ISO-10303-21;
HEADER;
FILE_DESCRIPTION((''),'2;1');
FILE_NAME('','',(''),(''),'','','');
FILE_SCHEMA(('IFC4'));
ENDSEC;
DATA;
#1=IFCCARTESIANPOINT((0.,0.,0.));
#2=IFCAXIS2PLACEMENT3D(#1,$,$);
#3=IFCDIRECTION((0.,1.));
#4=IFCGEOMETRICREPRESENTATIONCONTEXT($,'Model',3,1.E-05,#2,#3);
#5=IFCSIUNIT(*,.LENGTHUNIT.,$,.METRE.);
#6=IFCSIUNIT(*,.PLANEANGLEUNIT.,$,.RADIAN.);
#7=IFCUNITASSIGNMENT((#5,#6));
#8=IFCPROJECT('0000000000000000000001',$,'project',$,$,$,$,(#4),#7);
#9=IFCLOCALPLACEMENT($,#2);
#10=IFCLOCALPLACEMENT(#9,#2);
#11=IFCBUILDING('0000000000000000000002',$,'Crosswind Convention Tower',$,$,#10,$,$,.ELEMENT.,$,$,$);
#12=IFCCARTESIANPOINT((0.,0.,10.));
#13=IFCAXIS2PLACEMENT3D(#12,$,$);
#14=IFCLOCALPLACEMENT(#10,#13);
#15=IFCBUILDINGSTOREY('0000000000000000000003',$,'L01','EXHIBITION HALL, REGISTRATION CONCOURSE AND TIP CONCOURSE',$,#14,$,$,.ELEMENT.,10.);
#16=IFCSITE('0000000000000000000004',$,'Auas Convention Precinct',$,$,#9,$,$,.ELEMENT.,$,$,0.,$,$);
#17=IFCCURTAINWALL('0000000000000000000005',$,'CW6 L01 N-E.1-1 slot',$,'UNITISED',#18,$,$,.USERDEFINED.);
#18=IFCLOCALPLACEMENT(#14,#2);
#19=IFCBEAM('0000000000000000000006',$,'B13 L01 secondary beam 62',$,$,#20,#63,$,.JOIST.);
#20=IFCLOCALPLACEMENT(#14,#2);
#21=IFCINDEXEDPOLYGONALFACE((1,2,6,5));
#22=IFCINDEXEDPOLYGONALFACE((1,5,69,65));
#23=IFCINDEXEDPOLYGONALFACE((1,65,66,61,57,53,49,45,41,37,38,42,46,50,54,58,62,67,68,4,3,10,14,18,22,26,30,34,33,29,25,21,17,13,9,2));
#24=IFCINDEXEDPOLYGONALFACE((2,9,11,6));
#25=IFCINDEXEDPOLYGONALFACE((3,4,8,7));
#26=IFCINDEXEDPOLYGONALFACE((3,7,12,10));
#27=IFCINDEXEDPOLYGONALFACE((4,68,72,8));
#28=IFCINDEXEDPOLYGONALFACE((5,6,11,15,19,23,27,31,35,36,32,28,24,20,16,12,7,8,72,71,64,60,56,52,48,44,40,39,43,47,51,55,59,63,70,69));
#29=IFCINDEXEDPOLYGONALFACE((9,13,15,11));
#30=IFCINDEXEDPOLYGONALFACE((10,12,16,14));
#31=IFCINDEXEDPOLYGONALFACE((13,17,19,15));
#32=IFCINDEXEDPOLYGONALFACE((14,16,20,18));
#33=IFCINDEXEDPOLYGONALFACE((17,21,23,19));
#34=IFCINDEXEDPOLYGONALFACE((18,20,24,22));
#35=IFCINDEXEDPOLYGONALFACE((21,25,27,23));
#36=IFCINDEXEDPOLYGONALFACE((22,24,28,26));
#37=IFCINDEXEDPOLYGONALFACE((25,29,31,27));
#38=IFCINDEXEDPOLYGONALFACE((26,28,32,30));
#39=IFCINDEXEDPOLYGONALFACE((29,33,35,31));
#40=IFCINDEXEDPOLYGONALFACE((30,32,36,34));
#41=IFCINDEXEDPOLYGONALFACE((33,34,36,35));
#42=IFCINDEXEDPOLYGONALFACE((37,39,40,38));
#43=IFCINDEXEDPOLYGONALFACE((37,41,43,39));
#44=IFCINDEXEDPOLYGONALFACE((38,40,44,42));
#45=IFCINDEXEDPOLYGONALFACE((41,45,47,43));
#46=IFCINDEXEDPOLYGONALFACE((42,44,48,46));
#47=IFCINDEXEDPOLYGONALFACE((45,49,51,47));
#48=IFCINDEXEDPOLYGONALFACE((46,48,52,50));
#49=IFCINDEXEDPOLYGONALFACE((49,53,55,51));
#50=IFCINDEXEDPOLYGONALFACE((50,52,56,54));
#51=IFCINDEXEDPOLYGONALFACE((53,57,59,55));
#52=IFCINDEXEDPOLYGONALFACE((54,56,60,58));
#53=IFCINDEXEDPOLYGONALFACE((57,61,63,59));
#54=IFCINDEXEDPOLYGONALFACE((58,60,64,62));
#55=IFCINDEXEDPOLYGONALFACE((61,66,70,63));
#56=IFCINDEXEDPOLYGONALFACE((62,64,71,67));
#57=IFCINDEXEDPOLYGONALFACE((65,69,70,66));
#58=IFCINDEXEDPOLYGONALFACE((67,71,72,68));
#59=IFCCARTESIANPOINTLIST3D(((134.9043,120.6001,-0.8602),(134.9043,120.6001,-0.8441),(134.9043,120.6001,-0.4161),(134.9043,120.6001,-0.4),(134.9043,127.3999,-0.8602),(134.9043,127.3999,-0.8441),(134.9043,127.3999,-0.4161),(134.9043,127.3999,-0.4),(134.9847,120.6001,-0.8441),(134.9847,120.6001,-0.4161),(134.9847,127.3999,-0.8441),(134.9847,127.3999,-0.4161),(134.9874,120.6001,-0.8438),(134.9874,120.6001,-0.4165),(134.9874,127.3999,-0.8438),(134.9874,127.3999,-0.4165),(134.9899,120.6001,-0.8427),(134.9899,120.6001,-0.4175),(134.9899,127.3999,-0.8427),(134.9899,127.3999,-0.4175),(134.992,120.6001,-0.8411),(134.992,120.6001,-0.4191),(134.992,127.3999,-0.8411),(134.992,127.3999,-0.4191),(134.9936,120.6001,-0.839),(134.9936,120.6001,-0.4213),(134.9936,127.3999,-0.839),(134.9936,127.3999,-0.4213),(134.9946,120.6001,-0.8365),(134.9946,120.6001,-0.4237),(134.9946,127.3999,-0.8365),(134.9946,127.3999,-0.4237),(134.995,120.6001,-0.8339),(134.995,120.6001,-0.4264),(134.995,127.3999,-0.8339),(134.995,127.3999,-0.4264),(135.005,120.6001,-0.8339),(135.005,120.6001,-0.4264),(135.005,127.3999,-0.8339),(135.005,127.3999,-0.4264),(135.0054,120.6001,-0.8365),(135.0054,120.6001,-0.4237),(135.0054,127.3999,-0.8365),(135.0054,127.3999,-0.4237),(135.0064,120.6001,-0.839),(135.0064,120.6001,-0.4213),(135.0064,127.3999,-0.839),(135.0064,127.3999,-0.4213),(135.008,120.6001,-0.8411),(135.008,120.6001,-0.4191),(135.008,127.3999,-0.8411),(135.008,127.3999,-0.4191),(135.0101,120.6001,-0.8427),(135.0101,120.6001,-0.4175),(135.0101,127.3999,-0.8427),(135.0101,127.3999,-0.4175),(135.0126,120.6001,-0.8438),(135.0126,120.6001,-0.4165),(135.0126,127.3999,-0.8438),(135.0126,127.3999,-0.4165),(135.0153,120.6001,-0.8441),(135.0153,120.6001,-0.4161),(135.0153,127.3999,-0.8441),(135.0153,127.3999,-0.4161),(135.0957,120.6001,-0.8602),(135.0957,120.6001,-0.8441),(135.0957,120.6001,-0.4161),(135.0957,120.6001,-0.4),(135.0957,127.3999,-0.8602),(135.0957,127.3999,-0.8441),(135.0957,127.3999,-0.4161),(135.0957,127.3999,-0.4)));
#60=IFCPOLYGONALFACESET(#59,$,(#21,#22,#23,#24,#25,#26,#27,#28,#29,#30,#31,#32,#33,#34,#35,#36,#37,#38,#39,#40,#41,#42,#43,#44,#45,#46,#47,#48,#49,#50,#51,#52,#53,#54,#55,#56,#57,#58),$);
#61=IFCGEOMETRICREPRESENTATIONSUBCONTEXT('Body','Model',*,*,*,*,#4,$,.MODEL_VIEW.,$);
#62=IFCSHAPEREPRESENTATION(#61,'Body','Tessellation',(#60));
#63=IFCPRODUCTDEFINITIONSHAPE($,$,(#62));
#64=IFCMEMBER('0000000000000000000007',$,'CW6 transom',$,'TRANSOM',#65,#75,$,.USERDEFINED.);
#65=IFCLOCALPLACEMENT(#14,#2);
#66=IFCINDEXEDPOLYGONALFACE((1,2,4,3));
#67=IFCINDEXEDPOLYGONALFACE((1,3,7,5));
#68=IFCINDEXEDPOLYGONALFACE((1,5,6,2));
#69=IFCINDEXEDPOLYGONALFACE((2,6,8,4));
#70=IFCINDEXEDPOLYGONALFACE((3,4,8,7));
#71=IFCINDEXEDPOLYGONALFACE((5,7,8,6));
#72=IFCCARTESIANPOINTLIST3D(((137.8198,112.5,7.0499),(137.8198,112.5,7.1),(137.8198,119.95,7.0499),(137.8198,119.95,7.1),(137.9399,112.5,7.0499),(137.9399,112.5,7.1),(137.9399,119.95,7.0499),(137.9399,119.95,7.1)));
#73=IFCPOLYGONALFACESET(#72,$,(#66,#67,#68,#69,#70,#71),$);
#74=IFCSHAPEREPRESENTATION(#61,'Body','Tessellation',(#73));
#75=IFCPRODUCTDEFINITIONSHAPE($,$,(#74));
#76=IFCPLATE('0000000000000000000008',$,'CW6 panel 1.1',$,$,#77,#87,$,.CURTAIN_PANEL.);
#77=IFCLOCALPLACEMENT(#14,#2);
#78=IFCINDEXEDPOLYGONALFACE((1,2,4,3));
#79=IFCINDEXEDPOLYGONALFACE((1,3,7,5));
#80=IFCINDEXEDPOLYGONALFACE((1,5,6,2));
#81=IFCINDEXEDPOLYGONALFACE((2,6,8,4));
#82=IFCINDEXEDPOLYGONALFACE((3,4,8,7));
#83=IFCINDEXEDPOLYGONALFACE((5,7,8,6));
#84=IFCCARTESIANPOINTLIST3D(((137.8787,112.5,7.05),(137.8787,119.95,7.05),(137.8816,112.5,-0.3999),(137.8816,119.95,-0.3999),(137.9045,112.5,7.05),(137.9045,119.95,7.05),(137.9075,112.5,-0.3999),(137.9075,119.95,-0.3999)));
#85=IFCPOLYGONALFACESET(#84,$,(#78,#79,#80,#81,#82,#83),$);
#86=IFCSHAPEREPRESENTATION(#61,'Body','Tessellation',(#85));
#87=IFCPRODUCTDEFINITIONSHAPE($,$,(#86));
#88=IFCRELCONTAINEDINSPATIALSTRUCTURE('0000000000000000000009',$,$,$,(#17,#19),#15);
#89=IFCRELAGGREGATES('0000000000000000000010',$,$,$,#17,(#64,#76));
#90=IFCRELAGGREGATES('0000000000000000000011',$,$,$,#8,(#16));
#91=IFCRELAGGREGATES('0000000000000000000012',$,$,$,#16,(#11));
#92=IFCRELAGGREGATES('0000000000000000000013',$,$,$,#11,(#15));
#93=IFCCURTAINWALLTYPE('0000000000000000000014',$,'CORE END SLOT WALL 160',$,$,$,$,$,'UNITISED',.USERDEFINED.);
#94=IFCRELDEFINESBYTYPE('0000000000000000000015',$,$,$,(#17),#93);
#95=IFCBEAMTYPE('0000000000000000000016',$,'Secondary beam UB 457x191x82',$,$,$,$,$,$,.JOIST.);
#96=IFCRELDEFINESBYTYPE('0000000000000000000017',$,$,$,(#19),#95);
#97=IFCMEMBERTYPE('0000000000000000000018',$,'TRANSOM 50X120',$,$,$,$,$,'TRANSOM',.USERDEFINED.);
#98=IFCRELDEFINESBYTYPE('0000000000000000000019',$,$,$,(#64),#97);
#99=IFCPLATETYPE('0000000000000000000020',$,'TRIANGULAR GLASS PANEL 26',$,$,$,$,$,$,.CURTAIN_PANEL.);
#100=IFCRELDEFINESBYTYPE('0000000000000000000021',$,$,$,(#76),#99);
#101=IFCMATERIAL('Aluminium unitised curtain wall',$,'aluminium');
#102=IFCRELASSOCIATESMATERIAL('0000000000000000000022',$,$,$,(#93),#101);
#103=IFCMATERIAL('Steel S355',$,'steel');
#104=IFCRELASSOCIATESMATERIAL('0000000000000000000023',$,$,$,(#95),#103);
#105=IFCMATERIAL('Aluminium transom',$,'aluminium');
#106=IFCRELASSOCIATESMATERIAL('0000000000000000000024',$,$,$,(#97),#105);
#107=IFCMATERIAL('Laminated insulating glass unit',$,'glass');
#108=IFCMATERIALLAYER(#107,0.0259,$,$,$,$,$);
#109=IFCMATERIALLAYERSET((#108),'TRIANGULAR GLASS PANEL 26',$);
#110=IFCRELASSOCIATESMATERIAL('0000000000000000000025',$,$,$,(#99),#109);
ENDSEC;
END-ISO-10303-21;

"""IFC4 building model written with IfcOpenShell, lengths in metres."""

from ifc_helpers import new_model, si_unit, direction, frame, origin, origin_2d, place, context, subcontext, project, spatial, polyline, rectangle, i_section, outline, extrude, material, layer, layer_set, material_profile, profile_set, type_object, element, aggregate, save


model = new_model("IFC4")

# Units and contexts
model_context = context("Model", 3, precision=1e-05, world=origin(), true_north=direction((0.0, 1.0)))
body_context = subcontext(model_context, "Body", "Model", "MODEL_VIEW")
ifc_project = project(units=[si_unit("LENGTHUNIT", "METRE"), si_unit("PLANEANGLEUNIT", "RADIAN")], contexts=[model_context])

# Site, building, storey
site_placement = place(None, origin())
site = spatial("IfcSite", under=ifc_project, at=site_placement, Name="Auas Convention Precinct", CompositionType="ELEMENT", RefElevation=0.0)
building_placement = place(site_placement, origin())
building = spatial("IfcBuilding", under=site, at=building_placement, Name="Crosswind Convention Tower", CompositionType="ELEMENT")
storey_placement = place(building_placement, frame((0.0, 0.0, 10.0)))
storey = spatial("IfcBuildingStorey", under=building, at=storey_placement, Name="L01", Description="EXHIBITION HALL, REGISTRATION CONCOURSE AND TIP CONCOURSE", CompositionType="ELEMENT", Elevation=10.0)

# Shared definitions
ifc_material_1 = material(Name="Steel S355", Category="steel")

# Curtain wall
ifc_material_2 = material(Name="Aluminium unitised curtain wall", Category="aluminium")
curtain_wall_type_1 = type_object("IfcCurtainWallType", Name="CORE END SLOT WALL 160", ElementType="UNITISED", PredefinedType="USERDEFINED", material=ifc_material_2)
curtain_wall_1_placement = place(storey_placement, origin())
curtain_wall_1 = element("IfcCurtainWall", 1, at=curtain_wall_1_placement, inside=storey, type_object=curtain_wall_type_1, Name="CW6 L01 N-E.1-1 slot", ObjectType="UNITISED", PredefinedType="USERDEFINED")

# Beam
ifc_material_profile_1 = material_profile(ifc_material_1, i_section(OverallWidth=0.1914, OverallDepth=0.4602, WebThickness=0.01, FlangeThickness=0.0161, FilletRadius=0.0103, at=origin_2d()), Name="UB 457x191x82")
ifc_profile_set_1 = profile_set([ifc_material_profile_1], Name="Steel S355")
beam_type_1 = type_object("IfcBeamType", Name="Secondary beam UB 457x191x82", PredefinedType="JOIST", material=ifc_profile_set_1)
beam_1_placement = place(storey_placement, frame((135.0, 120.6001, -0.6301), z_axis=(0.0, 1.0, 0.0), x_axis=(-1.0, 0.0, 0.0)))
element("IfcBeam", 2, at=beam_1_placement, inside=storey, type_object=beam_type_1, Name="B13 L01 secondary beam 62", PredefinedType="JOIST", context=body_context, shape_type="SweptSolid", body=[
    extrude(i_section(OverallWidth=0.1914, OverallDepth=0.4602, WebThickness=0.01, FlangeThickness=0.0161, FilletRadius=0.0103, at=origin_2d()), origin(), (0.0, 0.0, 1.0), 6.7998),
])

# Member
ifc_material_3 = material(Name="Aluminium transom", Category="aluminium")
ifc_material_profile_2 = material_profile(ifc_material_3, rectangle(XDim=0.1201, YDim=0.05, at=origin_2d()), Name="AL 120X50")
ifc_profile_set_2 = profile_set([ifc_material_profile_2], Name="Aluminium transom")
member_type_1 = type_object("IfcMemberType", Name="TRANSOM 50X120", ElementType="TRANSOM", PredefinedType="USERDEFINED", material=ifc_profile_set_2)
member_1_placement = place(storey_placement, frame((137.8799, 112.5, 7.075), z_axis=(0.0, 1.0, 0.0), x_axis=(-1.0, 0.0, 0.0)))
member_1 = element("IfcMember", 3, at=member_1_placement, type_object=member_type_1, Name="CW6 transom", ObjectType="TRANSOM", PredefinedType="USERDEFINED", context=body_context, shape_type="SweptSolid", body=[
    extrude(rectangle(XDim=0.1201, YDim=0.05, at=origin_2d()), origin(), (0.0, 0.0, 1.0), 7.45),
])

# Plate
ifc_material_4 = material(Name="Laminated insulating glass unit", Category="glass")
ifc_layer = layer(ifc_material_4, 0.0259)
ifc_layer_set = layer_set([ifc_layer], Name="TRIANGULAR GLASS PANEL 26")
plate_type = type_object("IfcPlateType", Name="TRIANGULAR GLASS PANEL 26", PredefinedType="CURTAIN_PANEL", material=ifc_layer_set)
plate_placement = place(storey_placement, frame((137.9075, 112.5, -0.3999), z_axis=(1.0, 0.0, 0.000393), x_axis=(0.0, 1.0, 0.0)))
plate = element("IfcPlate", 4, at=plate_placement, type_object=plate_type, Name="CW6 panel 1.1", PredefinedType="CURTAIN_PANEL", context=body_context, shape_type="SweptSolid", body=[
    extrude(outline(polyline([(0.0, 0.0), (7.45, 0.0), (7.45, 7.45), (0.0, 7.45), (0.0, 0.0)])), origin(), (0.0, 0.0, -1.0), 0.0259),
])
aggregate(curtain_wall_1, [member_1, plate])

save(model, "model.ifc")
